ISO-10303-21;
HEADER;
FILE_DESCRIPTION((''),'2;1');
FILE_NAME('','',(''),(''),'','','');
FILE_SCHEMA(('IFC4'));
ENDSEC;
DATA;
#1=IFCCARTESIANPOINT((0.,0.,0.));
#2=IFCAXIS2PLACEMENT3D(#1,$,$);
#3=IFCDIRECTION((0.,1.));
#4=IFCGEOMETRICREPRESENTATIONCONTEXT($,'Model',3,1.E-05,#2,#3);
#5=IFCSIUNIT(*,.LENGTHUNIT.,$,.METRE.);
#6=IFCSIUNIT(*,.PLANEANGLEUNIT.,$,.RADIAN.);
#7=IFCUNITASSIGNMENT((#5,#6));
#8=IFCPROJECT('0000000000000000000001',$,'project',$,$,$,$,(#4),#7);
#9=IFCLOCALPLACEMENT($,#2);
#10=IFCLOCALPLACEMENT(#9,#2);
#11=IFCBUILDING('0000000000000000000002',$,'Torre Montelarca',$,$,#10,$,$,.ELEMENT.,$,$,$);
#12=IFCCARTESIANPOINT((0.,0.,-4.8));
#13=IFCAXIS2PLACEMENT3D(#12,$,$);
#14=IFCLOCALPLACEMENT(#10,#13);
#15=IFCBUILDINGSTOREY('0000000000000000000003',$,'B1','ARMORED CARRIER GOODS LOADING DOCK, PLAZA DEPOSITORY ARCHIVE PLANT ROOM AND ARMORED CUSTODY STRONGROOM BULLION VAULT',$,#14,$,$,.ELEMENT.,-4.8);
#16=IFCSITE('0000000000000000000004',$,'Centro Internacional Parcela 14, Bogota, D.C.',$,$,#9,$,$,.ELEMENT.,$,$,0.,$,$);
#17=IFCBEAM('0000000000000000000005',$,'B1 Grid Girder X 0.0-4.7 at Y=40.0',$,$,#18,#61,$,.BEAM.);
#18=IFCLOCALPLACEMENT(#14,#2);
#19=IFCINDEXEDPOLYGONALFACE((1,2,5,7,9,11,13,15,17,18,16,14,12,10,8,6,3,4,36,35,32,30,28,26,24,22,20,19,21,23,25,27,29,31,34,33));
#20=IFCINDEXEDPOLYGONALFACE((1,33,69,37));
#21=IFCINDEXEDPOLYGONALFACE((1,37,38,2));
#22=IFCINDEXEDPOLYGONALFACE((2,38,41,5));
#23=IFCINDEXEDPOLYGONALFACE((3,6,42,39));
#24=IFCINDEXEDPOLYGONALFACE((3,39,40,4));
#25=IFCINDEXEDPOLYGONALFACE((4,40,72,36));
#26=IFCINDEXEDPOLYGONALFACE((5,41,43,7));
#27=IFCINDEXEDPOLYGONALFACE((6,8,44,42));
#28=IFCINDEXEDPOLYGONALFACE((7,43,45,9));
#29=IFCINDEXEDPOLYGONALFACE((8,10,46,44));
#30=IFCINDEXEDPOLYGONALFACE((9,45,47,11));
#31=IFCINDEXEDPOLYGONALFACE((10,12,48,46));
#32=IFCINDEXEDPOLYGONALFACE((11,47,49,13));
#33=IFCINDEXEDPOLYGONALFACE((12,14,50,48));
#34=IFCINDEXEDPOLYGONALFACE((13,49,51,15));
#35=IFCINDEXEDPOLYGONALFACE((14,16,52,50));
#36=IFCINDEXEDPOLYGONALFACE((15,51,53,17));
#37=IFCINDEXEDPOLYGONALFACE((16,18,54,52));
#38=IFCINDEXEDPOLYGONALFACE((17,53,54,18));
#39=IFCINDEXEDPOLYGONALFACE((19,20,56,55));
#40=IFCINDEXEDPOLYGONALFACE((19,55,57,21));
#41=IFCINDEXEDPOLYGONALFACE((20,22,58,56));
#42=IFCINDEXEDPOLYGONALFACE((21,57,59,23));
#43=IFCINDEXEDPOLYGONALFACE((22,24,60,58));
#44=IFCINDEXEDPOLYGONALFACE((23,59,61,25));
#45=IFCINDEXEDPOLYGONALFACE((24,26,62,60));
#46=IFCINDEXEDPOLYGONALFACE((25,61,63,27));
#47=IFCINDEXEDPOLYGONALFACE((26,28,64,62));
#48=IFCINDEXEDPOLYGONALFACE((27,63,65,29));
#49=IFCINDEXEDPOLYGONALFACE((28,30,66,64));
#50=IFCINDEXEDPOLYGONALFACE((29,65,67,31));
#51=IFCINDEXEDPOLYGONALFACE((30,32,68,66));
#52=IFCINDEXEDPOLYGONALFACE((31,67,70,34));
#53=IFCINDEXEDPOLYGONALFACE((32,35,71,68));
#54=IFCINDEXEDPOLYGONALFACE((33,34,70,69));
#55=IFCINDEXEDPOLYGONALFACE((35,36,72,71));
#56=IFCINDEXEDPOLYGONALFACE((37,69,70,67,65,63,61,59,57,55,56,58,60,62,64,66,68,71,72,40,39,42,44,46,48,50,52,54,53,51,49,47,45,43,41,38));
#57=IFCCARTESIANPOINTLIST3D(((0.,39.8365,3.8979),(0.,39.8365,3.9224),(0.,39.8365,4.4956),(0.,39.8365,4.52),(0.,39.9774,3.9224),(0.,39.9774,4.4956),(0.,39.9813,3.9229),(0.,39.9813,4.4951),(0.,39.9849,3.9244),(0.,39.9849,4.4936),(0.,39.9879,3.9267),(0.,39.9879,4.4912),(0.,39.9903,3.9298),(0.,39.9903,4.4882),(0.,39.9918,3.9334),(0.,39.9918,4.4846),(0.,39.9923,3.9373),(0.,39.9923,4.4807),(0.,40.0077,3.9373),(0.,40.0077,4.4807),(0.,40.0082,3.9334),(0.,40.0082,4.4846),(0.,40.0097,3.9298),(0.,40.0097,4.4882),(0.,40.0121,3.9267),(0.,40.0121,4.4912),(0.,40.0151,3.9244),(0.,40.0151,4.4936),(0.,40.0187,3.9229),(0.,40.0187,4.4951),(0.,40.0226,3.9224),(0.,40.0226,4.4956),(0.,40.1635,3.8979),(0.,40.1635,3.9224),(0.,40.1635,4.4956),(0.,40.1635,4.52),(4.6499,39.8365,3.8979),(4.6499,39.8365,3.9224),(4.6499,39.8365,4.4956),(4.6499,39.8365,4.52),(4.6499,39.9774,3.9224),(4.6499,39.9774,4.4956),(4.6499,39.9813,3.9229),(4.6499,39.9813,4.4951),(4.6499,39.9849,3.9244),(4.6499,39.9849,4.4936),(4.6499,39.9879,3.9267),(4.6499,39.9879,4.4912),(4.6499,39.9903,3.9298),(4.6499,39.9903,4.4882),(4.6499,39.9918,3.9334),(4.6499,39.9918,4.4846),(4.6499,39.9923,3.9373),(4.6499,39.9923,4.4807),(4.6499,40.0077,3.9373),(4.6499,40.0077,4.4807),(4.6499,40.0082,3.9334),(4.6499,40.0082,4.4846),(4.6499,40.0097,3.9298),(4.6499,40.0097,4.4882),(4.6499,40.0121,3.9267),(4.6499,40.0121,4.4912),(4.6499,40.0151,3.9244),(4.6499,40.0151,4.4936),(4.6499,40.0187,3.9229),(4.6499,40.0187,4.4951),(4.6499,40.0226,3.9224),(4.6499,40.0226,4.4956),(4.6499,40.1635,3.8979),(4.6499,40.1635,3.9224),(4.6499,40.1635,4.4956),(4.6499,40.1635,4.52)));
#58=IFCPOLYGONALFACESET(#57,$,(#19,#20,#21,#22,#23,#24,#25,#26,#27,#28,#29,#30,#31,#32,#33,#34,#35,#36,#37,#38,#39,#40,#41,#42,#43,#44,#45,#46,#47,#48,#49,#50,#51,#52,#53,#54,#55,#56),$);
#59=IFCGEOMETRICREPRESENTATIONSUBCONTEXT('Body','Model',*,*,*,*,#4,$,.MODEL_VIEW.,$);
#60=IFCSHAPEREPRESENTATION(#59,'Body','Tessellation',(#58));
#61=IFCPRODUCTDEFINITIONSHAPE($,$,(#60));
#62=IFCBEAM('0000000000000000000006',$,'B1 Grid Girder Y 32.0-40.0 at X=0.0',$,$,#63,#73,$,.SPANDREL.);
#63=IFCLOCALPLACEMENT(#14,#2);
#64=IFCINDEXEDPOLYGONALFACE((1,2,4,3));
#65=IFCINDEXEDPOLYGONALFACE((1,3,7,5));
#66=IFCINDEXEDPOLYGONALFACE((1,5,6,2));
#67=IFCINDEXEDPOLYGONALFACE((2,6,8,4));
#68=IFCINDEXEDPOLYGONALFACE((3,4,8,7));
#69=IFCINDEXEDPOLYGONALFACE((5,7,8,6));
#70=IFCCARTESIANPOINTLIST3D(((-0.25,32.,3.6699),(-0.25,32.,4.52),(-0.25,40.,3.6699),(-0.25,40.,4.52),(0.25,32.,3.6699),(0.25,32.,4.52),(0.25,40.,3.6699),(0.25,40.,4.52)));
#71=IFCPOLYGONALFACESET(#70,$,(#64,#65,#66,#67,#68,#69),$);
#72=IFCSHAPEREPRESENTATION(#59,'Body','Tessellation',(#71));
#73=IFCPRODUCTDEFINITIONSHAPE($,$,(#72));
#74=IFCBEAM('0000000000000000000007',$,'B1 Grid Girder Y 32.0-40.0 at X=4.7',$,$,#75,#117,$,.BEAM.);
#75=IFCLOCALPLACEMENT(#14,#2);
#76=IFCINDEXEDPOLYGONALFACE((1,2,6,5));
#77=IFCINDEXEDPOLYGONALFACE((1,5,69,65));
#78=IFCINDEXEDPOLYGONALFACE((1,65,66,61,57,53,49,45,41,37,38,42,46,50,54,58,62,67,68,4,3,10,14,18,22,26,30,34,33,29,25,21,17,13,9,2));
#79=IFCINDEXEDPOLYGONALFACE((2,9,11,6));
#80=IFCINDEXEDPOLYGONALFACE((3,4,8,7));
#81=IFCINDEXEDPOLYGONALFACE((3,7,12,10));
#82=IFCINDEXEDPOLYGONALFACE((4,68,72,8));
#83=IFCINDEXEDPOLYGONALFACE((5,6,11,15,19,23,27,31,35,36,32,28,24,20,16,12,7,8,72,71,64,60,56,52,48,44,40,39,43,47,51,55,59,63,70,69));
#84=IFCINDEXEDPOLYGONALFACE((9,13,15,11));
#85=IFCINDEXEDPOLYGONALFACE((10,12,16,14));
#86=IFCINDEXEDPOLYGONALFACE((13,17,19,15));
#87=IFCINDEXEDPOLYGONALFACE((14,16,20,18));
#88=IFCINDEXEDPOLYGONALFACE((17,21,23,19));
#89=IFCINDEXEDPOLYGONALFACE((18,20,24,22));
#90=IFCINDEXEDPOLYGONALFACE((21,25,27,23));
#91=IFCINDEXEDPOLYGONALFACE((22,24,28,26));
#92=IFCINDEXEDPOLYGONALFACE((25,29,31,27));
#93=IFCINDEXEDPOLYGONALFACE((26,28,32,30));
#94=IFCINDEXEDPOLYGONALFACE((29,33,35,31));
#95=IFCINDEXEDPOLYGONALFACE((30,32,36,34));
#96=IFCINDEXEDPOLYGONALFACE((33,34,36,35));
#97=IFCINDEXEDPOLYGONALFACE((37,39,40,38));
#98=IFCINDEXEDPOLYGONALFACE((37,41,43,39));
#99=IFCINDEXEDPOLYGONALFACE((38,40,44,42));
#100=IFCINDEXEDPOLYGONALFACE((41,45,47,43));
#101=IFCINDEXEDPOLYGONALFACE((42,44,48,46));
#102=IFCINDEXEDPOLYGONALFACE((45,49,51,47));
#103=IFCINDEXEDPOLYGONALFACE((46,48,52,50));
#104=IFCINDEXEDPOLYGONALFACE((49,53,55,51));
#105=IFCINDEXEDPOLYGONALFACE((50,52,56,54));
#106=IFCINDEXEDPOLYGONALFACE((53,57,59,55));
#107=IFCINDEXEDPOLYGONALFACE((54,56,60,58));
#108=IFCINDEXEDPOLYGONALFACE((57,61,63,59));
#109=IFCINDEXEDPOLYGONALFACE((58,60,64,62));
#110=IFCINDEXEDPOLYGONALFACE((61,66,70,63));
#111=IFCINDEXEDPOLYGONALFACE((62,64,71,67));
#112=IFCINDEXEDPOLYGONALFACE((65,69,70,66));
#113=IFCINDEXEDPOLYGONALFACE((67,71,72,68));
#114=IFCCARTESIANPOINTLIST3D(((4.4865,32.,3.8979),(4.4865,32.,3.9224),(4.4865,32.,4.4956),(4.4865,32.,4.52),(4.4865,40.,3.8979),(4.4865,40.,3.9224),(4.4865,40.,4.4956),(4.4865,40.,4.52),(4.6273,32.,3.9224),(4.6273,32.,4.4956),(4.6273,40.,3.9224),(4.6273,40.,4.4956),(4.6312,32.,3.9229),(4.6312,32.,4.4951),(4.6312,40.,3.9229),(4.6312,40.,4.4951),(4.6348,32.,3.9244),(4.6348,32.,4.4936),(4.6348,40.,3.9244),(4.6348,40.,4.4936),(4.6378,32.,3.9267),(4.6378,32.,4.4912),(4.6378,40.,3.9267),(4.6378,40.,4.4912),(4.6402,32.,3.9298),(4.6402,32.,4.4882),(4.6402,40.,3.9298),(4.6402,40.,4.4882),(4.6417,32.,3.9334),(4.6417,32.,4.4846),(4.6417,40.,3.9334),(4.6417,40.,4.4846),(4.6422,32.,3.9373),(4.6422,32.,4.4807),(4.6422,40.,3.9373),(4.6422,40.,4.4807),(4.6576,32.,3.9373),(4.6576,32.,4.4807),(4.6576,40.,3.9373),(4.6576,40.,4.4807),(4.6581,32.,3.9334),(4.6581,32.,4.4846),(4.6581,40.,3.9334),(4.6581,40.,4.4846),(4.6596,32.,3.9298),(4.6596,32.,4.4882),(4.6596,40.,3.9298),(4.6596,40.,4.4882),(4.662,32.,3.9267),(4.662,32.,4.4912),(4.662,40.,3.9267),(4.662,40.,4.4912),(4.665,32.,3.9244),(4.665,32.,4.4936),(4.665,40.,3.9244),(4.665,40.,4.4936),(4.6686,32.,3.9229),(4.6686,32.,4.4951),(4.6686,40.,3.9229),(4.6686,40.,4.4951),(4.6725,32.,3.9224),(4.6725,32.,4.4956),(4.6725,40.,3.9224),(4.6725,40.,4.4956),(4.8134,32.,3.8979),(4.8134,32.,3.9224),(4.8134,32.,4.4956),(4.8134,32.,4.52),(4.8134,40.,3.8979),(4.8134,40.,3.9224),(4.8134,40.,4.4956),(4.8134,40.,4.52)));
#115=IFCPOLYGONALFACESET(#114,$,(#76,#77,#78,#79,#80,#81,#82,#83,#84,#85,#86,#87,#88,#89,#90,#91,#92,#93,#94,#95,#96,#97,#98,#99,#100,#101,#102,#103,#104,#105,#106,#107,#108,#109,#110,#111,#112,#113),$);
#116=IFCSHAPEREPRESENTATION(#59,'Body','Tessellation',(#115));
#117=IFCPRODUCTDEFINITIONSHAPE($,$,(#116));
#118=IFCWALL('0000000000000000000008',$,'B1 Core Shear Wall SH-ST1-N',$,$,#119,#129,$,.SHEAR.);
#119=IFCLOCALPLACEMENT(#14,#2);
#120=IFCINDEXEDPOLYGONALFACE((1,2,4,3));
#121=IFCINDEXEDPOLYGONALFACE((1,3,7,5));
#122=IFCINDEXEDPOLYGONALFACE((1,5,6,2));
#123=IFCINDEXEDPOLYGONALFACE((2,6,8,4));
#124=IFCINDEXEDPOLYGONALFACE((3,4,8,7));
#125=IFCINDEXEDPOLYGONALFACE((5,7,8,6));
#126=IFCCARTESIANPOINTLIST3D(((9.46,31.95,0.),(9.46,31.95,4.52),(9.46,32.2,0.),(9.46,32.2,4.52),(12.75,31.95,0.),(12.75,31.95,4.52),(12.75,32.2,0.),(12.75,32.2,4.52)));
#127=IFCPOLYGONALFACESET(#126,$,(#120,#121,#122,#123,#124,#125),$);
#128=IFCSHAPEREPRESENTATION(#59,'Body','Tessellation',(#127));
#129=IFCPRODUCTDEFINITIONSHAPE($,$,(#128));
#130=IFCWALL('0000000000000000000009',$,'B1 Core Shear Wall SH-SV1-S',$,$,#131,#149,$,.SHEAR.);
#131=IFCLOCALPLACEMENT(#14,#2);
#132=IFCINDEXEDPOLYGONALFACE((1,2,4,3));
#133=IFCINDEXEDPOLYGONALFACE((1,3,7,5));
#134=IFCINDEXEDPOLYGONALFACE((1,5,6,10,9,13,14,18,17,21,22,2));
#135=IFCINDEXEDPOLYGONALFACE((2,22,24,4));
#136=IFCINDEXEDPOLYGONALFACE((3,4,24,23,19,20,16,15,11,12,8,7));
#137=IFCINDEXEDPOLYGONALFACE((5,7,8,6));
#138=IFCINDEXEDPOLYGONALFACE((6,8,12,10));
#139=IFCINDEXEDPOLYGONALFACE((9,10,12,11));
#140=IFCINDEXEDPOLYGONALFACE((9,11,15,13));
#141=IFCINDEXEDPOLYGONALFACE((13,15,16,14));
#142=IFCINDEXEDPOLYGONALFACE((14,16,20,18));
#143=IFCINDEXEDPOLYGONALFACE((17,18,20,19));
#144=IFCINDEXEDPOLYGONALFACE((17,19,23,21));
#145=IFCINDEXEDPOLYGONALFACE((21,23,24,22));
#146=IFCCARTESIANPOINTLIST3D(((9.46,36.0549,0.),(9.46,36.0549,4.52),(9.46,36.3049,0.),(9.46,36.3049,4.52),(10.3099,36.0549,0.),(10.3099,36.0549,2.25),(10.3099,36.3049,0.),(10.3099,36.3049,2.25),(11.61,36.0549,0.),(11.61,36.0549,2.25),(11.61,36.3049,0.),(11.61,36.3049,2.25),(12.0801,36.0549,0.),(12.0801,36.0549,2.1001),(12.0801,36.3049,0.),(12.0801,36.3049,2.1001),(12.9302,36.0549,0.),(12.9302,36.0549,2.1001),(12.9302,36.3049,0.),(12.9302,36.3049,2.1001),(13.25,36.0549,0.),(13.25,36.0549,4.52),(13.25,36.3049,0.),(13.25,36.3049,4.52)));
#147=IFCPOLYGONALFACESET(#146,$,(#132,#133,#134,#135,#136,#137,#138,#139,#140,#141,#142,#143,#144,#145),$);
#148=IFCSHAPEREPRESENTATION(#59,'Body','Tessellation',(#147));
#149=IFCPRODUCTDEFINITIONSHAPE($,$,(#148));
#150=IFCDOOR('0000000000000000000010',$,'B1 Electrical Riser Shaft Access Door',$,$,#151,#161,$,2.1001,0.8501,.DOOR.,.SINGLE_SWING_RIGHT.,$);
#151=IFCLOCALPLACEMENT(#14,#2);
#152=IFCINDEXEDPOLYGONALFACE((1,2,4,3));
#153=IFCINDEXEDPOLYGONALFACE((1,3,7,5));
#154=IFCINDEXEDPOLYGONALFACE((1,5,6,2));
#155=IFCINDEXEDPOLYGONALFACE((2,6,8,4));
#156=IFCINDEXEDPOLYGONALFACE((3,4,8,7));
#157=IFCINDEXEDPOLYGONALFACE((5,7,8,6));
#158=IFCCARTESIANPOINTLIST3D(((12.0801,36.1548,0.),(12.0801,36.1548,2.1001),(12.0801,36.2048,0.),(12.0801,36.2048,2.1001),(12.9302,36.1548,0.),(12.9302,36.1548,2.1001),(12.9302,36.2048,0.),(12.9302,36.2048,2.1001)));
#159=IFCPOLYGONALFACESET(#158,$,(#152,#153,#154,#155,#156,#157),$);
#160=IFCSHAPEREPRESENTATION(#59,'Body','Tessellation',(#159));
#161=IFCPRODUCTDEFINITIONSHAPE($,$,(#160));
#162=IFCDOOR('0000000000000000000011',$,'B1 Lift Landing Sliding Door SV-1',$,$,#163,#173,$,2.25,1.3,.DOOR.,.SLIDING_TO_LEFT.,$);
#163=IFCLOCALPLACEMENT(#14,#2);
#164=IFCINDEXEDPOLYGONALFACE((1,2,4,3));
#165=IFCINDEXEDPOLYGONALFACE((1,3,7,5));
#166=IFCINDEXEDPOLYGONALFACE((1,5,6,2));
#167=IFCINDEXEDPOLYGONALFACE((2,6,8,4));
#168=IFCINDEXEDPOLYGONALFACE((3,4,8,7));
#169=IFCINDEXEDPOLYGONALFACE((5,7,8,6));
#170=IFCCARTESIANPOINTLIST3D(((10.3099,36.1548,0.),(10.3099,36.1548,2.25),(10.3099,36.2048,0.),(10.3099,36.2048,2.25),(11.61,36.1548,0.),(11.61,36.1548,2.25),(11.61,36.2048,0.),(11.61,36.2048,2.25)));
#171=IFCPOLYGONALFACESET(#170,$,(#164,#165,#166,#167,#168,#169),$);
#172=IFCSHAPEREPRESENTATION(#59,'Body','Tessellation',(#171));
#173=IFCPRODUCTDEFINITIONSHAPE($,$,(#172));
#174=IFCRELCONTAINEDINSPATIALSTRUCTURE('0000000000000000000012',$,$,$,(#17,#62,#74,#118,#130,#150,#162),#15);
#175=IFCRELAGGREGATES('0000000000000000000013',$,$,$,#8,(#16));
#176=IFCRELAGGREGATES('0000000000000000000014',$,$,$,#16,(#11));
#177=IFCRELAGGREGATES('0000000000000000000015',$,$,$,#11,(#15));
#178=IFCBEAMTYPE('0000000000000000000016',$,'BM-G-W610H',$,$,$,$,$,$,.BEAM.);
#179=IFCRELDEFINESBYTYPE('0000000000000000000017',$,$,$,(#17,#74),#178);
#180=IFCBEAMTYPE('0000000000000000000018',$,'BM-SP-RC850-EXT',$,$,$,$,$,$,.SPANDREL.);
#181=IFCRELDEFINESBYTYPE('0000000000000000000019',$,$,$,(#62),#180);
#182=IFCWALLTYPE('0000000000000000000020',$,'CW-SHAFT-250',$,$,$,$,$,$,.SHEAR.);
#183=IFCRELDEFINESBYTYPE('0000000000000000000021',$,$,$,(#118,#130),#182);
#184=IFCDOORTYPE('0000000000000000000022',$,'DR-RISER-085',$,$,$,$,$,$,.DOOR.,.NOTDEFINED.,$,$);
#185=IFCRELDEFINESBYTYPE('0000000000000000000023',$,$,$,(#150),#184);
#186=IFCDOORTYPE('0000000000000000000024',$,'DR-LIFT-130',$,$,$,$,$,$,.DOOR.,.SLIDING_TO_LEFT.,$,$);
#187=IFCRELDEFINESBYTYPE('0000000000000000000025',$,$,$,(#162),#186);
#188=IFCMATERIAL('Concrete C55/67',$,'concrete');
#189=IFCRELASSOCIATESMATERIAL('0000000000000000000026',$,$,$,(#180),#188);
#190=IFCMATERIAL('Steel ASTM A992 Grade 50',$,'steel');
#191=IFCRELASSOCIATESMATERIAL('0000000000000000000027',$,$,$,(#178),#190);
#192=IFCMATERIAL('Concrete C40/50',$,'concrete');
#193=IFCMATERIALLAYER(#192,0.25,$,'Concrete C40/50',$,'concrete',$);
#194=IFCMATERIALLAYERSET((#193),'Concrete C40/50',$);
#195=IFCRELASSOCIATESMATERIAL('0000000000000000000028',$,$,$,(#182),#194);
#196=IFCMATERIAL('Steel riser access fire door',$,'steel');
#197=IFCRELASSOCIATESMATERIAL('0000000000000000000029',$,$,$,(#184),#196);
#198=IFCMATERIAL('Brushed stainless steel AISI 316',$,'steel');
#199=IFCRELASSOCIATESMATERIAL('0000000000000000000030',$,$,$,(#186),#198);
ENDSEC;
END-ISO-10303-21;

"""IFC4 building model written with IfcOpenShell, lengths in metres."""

from ifc_helpers import new_model, si_unit, direction, frame, frame_2d, origin, origin_2d, place, context, subcontext, project, spatial, rectangle, i_section, extrude, source, transform, mapped, material, layer, layer_set, material_profile, profile_set, type_object, element, fill, save


model = new_model("IFC4")

# Units and contexts
model_context = context("Model", 3, precision=1e-05, world=origin(), true_north=direction((0.0, 1.0)))
body_context = subcontext(model_context, "Body", "Model", "MODEL_VIEW")
ifc_project = project(units=[si_unit("LENGTHUNIT", "METRE"), si_unit("PLANEANGLEUNIT", "RADIAN")], contexts=[model_context])

# Site, building, storey
site_placement = place(None, origin())
site = spatial("IfcSite", under=ifc_project, at=site_placement, Name="Centro Internacional Parcela 14, Bogota, D.C.", CompositionType="ELEMENT", RefElevation=0.0)
building_placement = place(site_placement, origin())
building = spatial("IfcBuilding", under=site, at=building_placement, Name="Torre Montelarca", CompositionType="ELEMENT")
storey_placement = place(building_placement, frame((0.0, 0.0, -4.8)))
storey = spatial("IfcBuildingStorey", under=building, at=storey_placement, Name="B1", Description="ARMORED CARRIER GOODS LOADING DOCK, PLAZA DEPOSITORY ARCHIVE PLANT ROOM AND ARMORED CUSTODY STRONGROOM BULLION VAULT", CompositionType="ELEMENT", Elevation=-4.8)

# Shared definitions
ifc_material_1 = material(Name="Concrete C55/67", Category="concrete")

# Beams
ifc_material_profile_1 = material_profile(ifc_material_1, rectangle(XDim=0.5, YDim=0.8501, at=origin_2d()), Name="RCB500X850", Category="concrete")
ifc_profile_set_1 = profile_set([ifc_material_profile_1], Name="Concrete C55/67")
beam_type_1 = type_object("IfcBeamType", Name="BM-SP-RC850-EXT", PredefinedType="SPANDREL", material=ifc_profile_set_1)
ifc_material_2 = material(Name="Steel ASTM A992 Grade 50", Category="steel")
ifc_material_profile_2 = material_profile(ifc_material_2, i_section(OverallWidth=0.3269, OverallDepth=0.6221, WebThickness=0.0154, FlangeThickness=0.0244, FilletRadius=0.0149, at=origin_2d()), Name="W610X195", Category="steel")
ifc_profile_set_2 = profile_set([ifc_material_profile_2], Name="Steel ASTM A992 Grade 50")
beam_type_2 = type_object("IfcBeamType", Name="BM-G-W610H", PredefinedType="BEAM", material=ifc_profile_set_2)
shared_shape_1 = source(origin(), body_context, "Body", "SweptSolid", [
    extrude(i_section(OverallWidth=0.3269, OverallDepth=0.6221, WebThickness=0.0154, FlangeThickness=0.0244, FilletRadius=0.0149, at=origin_2d()), origin(), (0.0, 0.0, 1.0), 4.6499),
])
for number, where, z_axis, x_axis, name in (
    (1, (0.0, 40.0, 4.209), (1.0, 0.0, 0.0), (0.0, 1.0, 0.0), "B1 Grid Girder X 0.0-4.7 at Y=40.0"),
):
    element("IfcBeam", number, at=place(storey_placement, frame(where, z_axis=z_axis, x_axis=x_axis)), inside=storey, type_object=beam_type_2, Name=name, PredefinedType="BEAM", context=body_context, shape_type="MappedRepresentation", body=[
        mapped(shared_shape_1, transform((0.0, 0.0, 0.0), scale=1.0)),
    ])
shared_shape_2 = source(origin(), body_context, "Body", "SweptSolid", [
    extrude(rectangle(XDim=0.5, YDim=0.8501, at=origin_2d()), origin(), (0.0, 0.0, 1.0), 8.0),
])
beam_1_placement = place(storey_placement, frame((0.0, 32.0, 4.095), z_axis=(0.0, 1.0, 0.0), x_axis=(-1.0, 0.0, 0.0)))
element("IfcBeam", 2, at=beam_1_placement, inside=storey, type_object=beam_type_1, Name="B1 Grid Girder Y 32.0-40.0 at X=0.0", PredefinedType="SPANDREL", context=body_context, shape_type="MappedRepresentation", body=[
    mapped(shared_shape_2, transform((0.0, 0.0, 0.0), scale=1.0)),
])
shared_shape_3 = source(origin(), body_context, "Body", "SweptSolid", [
    extrude(i_section(OverallWidth=0.3269, OverallDepth=0.6221, WebThickness=0.0154, FlangeThickness=0.0244, FilletRadius=0.0149, at=origin_2d()), origin(), (0.0, 0.0, 1.0), 8.0),
])
beam_2_placement = place(storey_placement, frame((4.6499, 32.0, 4.209), z_axis=(0.0, 1.0, 0.0), x_axis=(-1.0, 0.0, 0.0)))
element("IfcBeam", 3, at=beam_2_placement, inside=storey, type_object=beam_type_2, Name="B1 Grid Girder Y 32.0-40.0 at X=4.7", PredefinedType="BEAM", context=body_context, shape_type="MappedRepresentation", body=[
    mapped(shared_shape_3, transform((0.0, 0.0, 0.0), scale=1.0)),
])

# Wall
ifc_material_3 = material(Name="Concrete C40/50", Category="concrete")
ifc_layer_1 = layer(ifc_material_3, 0.25, Name="Concrete C40/50", Category="concrete")
ifc_layer_set_1 = layer_set([ifc_layer_1], Name="Concrete C40/50")
wall_type_1 = type_object("IfcWallType", Name="CW-SHAFT-250", PredefinedType="SHEAR", material=ifc_layer_set_1)
wall_1_placement = place(storey_placement, frame((9.46, 32.075, 0.0), z_axis=(0.0, 0.0, 1.0), x_axis=(1.0, 0.0, 0.0)))
element("IfcWall", 4, at=wall_1_placement, inside=storey, type_object=wall_type_1, Name="B1 Core Shear Wall SH-ST1-N", PredefinedType="SHEAR", context=body_context, shape_type="SweptSolid", body=[
    extrude(rectangle(XDim=3.29, YDim=0.25, at=frame_2d((1.645, 0.0))), origin(), (0.0, 0.0, 1.0), 4.52),
])

# Wall, openings, doors
wall_2_placement = place(storey_placement, frame((9.46, 36.1799, 0.0), z_axis=(0.0, 0.0, 1.0), x_axis=(1.0, 0.0, 0.0)))
wall_2 = element("IfcWall", 5, at=wall_2_placement, inside=storey, type_object=wall_type_1, Name="B1 Core Shear Wall SH-SV1-S", PredefinedType="SHEAR", context=body_context, shape_type="SweptSolid", body=[
    extrude(rectangle(XDim=3.79, YDim=0.25, at=frame_2d((1.895, 0.0))), origin(), (0.0, 0.0, 1.0), 4.52),
])
opening_1_placement = place(wall_2_placement, frame((2.6201, 0.0, 0.0)))
opening_1 = element("IfcOpeningElement", 6, at=opening_1_placement, cuts=wall_2, PredefinedType="OPENING", context=body_context, shape_type="SweptSolid", body=[
    extrude(rectangle(XDim=0.8501, YDim=2.1001, at=frame_2d((0.425, 1.05))), frame((0.0, 0.135, 0.0), z_axis=(0.0, -1.0, 0.0), x_axis=(1.0, 0.0, 0.0)), (0.0, 0.0, 1.0), 0.27),
])
opening_2_placement = place(wall_2_placement, frame((0.8501, 0.0, 0.0)))
opening_2 = element("IfcOpeningElement", 7, at=opening_2_placement, cuts=wall_2, PredefinedType="OPENING", context=body_context, shape_type="SweptSolid", body=[
    extrude(rectangle(XDim=1.3, YDim=2.25, at=frame_2d((0.6499, 1.125))), frame((0.0, 0.135, 0.0), z_axis=(0.0, -1.0, 0.0), x_axis=(1.0, 0.0, 0.0)), (0.0, 0.0, 1.0), 0.27),
])
ifc_material_4 = material(Name="Steel riser access fire door", Category="steel")
door_type_1 = type_object("IfcDoorType", Name="DR-RISER-085", OperationType="NOTDEFINED", PredefinedType="DOOR", material=ifc_material_4)
shared_shape_4 = source(origin(), body_context, "Body", "SweptSolid", [
    extrude(rectangle(XDim=0.8501, YDim=2.1001, at=frame_2d((0.425, 1.05))), frame((0.0, 0.0249, 0.0), z_axis=(0.0, -1.0, 0.0), x_axis=(1.0, 0.0, 0.0)), (0.0, 0.0, 1.0), 0.05),
])
door_1_placement = place(opening_1_placement, origin())
door_1 = element("IfcDoor", 8, at=door_1_placement, inside=storey, type_object=door_type_1, Name="B1 Electrical Riser Shaft Access Door", OperationType="SINGLE_SWING_RIGHT", OverallHeight=2.1001, OverallWidth=0.8501, PredefinedType="DOOR", context=body_context, shape_type="MappedRepresentation", body=[
    mapped(shared_shape_4, transform((0.0, 0.0, 0.0), scale=1.0)),
])
fill(opening_1, door_1)
ifc_material_5 = material(Name="Brushed stainless steel AISI 316", Category="steel")
door_type_2 = type_object("IfcDoorType", Name="DR-LIFT-130", OperationType="SLIDING_TO_LEFT", PredefinedType="DOOR", material=ifc_material_5)
shared_shape_5 = source(origin(), body_context, "Body", "SweptSolid", [
    extrude(rectangle(XDim=1.3, YDim=2.25, at=frame_2d((0.6499, 1.125))), frame((0.0, 0.0249, 0.0), z_axis=(0.0, -1.0, 0.0), x_axis=(1.0, 0.0, 0.0)), (0.0, 0.0, 1.0), 0.05),
])
door_2_placement = place(opening_2_placement, origin())
door_2 = element("IfcDoor", 9, at=door_2_placement, inside=storey, type_object=door_type_2, Name="B1 Lift Landing Sliding Door SV-1", OperationType="SLIDING_TO_LEFT", OverallHeight=2.25, OverallWidth=1.3, PredefinedType="DOOR", context=body_context, shape_type="MappedRepresentation", body=[
    mapped(shared_shape_5, transform((0.0, 0.0, 0.0), scale=1.0)),
])
fill(opening_2, door_2)

save(model, "model.ifc")
